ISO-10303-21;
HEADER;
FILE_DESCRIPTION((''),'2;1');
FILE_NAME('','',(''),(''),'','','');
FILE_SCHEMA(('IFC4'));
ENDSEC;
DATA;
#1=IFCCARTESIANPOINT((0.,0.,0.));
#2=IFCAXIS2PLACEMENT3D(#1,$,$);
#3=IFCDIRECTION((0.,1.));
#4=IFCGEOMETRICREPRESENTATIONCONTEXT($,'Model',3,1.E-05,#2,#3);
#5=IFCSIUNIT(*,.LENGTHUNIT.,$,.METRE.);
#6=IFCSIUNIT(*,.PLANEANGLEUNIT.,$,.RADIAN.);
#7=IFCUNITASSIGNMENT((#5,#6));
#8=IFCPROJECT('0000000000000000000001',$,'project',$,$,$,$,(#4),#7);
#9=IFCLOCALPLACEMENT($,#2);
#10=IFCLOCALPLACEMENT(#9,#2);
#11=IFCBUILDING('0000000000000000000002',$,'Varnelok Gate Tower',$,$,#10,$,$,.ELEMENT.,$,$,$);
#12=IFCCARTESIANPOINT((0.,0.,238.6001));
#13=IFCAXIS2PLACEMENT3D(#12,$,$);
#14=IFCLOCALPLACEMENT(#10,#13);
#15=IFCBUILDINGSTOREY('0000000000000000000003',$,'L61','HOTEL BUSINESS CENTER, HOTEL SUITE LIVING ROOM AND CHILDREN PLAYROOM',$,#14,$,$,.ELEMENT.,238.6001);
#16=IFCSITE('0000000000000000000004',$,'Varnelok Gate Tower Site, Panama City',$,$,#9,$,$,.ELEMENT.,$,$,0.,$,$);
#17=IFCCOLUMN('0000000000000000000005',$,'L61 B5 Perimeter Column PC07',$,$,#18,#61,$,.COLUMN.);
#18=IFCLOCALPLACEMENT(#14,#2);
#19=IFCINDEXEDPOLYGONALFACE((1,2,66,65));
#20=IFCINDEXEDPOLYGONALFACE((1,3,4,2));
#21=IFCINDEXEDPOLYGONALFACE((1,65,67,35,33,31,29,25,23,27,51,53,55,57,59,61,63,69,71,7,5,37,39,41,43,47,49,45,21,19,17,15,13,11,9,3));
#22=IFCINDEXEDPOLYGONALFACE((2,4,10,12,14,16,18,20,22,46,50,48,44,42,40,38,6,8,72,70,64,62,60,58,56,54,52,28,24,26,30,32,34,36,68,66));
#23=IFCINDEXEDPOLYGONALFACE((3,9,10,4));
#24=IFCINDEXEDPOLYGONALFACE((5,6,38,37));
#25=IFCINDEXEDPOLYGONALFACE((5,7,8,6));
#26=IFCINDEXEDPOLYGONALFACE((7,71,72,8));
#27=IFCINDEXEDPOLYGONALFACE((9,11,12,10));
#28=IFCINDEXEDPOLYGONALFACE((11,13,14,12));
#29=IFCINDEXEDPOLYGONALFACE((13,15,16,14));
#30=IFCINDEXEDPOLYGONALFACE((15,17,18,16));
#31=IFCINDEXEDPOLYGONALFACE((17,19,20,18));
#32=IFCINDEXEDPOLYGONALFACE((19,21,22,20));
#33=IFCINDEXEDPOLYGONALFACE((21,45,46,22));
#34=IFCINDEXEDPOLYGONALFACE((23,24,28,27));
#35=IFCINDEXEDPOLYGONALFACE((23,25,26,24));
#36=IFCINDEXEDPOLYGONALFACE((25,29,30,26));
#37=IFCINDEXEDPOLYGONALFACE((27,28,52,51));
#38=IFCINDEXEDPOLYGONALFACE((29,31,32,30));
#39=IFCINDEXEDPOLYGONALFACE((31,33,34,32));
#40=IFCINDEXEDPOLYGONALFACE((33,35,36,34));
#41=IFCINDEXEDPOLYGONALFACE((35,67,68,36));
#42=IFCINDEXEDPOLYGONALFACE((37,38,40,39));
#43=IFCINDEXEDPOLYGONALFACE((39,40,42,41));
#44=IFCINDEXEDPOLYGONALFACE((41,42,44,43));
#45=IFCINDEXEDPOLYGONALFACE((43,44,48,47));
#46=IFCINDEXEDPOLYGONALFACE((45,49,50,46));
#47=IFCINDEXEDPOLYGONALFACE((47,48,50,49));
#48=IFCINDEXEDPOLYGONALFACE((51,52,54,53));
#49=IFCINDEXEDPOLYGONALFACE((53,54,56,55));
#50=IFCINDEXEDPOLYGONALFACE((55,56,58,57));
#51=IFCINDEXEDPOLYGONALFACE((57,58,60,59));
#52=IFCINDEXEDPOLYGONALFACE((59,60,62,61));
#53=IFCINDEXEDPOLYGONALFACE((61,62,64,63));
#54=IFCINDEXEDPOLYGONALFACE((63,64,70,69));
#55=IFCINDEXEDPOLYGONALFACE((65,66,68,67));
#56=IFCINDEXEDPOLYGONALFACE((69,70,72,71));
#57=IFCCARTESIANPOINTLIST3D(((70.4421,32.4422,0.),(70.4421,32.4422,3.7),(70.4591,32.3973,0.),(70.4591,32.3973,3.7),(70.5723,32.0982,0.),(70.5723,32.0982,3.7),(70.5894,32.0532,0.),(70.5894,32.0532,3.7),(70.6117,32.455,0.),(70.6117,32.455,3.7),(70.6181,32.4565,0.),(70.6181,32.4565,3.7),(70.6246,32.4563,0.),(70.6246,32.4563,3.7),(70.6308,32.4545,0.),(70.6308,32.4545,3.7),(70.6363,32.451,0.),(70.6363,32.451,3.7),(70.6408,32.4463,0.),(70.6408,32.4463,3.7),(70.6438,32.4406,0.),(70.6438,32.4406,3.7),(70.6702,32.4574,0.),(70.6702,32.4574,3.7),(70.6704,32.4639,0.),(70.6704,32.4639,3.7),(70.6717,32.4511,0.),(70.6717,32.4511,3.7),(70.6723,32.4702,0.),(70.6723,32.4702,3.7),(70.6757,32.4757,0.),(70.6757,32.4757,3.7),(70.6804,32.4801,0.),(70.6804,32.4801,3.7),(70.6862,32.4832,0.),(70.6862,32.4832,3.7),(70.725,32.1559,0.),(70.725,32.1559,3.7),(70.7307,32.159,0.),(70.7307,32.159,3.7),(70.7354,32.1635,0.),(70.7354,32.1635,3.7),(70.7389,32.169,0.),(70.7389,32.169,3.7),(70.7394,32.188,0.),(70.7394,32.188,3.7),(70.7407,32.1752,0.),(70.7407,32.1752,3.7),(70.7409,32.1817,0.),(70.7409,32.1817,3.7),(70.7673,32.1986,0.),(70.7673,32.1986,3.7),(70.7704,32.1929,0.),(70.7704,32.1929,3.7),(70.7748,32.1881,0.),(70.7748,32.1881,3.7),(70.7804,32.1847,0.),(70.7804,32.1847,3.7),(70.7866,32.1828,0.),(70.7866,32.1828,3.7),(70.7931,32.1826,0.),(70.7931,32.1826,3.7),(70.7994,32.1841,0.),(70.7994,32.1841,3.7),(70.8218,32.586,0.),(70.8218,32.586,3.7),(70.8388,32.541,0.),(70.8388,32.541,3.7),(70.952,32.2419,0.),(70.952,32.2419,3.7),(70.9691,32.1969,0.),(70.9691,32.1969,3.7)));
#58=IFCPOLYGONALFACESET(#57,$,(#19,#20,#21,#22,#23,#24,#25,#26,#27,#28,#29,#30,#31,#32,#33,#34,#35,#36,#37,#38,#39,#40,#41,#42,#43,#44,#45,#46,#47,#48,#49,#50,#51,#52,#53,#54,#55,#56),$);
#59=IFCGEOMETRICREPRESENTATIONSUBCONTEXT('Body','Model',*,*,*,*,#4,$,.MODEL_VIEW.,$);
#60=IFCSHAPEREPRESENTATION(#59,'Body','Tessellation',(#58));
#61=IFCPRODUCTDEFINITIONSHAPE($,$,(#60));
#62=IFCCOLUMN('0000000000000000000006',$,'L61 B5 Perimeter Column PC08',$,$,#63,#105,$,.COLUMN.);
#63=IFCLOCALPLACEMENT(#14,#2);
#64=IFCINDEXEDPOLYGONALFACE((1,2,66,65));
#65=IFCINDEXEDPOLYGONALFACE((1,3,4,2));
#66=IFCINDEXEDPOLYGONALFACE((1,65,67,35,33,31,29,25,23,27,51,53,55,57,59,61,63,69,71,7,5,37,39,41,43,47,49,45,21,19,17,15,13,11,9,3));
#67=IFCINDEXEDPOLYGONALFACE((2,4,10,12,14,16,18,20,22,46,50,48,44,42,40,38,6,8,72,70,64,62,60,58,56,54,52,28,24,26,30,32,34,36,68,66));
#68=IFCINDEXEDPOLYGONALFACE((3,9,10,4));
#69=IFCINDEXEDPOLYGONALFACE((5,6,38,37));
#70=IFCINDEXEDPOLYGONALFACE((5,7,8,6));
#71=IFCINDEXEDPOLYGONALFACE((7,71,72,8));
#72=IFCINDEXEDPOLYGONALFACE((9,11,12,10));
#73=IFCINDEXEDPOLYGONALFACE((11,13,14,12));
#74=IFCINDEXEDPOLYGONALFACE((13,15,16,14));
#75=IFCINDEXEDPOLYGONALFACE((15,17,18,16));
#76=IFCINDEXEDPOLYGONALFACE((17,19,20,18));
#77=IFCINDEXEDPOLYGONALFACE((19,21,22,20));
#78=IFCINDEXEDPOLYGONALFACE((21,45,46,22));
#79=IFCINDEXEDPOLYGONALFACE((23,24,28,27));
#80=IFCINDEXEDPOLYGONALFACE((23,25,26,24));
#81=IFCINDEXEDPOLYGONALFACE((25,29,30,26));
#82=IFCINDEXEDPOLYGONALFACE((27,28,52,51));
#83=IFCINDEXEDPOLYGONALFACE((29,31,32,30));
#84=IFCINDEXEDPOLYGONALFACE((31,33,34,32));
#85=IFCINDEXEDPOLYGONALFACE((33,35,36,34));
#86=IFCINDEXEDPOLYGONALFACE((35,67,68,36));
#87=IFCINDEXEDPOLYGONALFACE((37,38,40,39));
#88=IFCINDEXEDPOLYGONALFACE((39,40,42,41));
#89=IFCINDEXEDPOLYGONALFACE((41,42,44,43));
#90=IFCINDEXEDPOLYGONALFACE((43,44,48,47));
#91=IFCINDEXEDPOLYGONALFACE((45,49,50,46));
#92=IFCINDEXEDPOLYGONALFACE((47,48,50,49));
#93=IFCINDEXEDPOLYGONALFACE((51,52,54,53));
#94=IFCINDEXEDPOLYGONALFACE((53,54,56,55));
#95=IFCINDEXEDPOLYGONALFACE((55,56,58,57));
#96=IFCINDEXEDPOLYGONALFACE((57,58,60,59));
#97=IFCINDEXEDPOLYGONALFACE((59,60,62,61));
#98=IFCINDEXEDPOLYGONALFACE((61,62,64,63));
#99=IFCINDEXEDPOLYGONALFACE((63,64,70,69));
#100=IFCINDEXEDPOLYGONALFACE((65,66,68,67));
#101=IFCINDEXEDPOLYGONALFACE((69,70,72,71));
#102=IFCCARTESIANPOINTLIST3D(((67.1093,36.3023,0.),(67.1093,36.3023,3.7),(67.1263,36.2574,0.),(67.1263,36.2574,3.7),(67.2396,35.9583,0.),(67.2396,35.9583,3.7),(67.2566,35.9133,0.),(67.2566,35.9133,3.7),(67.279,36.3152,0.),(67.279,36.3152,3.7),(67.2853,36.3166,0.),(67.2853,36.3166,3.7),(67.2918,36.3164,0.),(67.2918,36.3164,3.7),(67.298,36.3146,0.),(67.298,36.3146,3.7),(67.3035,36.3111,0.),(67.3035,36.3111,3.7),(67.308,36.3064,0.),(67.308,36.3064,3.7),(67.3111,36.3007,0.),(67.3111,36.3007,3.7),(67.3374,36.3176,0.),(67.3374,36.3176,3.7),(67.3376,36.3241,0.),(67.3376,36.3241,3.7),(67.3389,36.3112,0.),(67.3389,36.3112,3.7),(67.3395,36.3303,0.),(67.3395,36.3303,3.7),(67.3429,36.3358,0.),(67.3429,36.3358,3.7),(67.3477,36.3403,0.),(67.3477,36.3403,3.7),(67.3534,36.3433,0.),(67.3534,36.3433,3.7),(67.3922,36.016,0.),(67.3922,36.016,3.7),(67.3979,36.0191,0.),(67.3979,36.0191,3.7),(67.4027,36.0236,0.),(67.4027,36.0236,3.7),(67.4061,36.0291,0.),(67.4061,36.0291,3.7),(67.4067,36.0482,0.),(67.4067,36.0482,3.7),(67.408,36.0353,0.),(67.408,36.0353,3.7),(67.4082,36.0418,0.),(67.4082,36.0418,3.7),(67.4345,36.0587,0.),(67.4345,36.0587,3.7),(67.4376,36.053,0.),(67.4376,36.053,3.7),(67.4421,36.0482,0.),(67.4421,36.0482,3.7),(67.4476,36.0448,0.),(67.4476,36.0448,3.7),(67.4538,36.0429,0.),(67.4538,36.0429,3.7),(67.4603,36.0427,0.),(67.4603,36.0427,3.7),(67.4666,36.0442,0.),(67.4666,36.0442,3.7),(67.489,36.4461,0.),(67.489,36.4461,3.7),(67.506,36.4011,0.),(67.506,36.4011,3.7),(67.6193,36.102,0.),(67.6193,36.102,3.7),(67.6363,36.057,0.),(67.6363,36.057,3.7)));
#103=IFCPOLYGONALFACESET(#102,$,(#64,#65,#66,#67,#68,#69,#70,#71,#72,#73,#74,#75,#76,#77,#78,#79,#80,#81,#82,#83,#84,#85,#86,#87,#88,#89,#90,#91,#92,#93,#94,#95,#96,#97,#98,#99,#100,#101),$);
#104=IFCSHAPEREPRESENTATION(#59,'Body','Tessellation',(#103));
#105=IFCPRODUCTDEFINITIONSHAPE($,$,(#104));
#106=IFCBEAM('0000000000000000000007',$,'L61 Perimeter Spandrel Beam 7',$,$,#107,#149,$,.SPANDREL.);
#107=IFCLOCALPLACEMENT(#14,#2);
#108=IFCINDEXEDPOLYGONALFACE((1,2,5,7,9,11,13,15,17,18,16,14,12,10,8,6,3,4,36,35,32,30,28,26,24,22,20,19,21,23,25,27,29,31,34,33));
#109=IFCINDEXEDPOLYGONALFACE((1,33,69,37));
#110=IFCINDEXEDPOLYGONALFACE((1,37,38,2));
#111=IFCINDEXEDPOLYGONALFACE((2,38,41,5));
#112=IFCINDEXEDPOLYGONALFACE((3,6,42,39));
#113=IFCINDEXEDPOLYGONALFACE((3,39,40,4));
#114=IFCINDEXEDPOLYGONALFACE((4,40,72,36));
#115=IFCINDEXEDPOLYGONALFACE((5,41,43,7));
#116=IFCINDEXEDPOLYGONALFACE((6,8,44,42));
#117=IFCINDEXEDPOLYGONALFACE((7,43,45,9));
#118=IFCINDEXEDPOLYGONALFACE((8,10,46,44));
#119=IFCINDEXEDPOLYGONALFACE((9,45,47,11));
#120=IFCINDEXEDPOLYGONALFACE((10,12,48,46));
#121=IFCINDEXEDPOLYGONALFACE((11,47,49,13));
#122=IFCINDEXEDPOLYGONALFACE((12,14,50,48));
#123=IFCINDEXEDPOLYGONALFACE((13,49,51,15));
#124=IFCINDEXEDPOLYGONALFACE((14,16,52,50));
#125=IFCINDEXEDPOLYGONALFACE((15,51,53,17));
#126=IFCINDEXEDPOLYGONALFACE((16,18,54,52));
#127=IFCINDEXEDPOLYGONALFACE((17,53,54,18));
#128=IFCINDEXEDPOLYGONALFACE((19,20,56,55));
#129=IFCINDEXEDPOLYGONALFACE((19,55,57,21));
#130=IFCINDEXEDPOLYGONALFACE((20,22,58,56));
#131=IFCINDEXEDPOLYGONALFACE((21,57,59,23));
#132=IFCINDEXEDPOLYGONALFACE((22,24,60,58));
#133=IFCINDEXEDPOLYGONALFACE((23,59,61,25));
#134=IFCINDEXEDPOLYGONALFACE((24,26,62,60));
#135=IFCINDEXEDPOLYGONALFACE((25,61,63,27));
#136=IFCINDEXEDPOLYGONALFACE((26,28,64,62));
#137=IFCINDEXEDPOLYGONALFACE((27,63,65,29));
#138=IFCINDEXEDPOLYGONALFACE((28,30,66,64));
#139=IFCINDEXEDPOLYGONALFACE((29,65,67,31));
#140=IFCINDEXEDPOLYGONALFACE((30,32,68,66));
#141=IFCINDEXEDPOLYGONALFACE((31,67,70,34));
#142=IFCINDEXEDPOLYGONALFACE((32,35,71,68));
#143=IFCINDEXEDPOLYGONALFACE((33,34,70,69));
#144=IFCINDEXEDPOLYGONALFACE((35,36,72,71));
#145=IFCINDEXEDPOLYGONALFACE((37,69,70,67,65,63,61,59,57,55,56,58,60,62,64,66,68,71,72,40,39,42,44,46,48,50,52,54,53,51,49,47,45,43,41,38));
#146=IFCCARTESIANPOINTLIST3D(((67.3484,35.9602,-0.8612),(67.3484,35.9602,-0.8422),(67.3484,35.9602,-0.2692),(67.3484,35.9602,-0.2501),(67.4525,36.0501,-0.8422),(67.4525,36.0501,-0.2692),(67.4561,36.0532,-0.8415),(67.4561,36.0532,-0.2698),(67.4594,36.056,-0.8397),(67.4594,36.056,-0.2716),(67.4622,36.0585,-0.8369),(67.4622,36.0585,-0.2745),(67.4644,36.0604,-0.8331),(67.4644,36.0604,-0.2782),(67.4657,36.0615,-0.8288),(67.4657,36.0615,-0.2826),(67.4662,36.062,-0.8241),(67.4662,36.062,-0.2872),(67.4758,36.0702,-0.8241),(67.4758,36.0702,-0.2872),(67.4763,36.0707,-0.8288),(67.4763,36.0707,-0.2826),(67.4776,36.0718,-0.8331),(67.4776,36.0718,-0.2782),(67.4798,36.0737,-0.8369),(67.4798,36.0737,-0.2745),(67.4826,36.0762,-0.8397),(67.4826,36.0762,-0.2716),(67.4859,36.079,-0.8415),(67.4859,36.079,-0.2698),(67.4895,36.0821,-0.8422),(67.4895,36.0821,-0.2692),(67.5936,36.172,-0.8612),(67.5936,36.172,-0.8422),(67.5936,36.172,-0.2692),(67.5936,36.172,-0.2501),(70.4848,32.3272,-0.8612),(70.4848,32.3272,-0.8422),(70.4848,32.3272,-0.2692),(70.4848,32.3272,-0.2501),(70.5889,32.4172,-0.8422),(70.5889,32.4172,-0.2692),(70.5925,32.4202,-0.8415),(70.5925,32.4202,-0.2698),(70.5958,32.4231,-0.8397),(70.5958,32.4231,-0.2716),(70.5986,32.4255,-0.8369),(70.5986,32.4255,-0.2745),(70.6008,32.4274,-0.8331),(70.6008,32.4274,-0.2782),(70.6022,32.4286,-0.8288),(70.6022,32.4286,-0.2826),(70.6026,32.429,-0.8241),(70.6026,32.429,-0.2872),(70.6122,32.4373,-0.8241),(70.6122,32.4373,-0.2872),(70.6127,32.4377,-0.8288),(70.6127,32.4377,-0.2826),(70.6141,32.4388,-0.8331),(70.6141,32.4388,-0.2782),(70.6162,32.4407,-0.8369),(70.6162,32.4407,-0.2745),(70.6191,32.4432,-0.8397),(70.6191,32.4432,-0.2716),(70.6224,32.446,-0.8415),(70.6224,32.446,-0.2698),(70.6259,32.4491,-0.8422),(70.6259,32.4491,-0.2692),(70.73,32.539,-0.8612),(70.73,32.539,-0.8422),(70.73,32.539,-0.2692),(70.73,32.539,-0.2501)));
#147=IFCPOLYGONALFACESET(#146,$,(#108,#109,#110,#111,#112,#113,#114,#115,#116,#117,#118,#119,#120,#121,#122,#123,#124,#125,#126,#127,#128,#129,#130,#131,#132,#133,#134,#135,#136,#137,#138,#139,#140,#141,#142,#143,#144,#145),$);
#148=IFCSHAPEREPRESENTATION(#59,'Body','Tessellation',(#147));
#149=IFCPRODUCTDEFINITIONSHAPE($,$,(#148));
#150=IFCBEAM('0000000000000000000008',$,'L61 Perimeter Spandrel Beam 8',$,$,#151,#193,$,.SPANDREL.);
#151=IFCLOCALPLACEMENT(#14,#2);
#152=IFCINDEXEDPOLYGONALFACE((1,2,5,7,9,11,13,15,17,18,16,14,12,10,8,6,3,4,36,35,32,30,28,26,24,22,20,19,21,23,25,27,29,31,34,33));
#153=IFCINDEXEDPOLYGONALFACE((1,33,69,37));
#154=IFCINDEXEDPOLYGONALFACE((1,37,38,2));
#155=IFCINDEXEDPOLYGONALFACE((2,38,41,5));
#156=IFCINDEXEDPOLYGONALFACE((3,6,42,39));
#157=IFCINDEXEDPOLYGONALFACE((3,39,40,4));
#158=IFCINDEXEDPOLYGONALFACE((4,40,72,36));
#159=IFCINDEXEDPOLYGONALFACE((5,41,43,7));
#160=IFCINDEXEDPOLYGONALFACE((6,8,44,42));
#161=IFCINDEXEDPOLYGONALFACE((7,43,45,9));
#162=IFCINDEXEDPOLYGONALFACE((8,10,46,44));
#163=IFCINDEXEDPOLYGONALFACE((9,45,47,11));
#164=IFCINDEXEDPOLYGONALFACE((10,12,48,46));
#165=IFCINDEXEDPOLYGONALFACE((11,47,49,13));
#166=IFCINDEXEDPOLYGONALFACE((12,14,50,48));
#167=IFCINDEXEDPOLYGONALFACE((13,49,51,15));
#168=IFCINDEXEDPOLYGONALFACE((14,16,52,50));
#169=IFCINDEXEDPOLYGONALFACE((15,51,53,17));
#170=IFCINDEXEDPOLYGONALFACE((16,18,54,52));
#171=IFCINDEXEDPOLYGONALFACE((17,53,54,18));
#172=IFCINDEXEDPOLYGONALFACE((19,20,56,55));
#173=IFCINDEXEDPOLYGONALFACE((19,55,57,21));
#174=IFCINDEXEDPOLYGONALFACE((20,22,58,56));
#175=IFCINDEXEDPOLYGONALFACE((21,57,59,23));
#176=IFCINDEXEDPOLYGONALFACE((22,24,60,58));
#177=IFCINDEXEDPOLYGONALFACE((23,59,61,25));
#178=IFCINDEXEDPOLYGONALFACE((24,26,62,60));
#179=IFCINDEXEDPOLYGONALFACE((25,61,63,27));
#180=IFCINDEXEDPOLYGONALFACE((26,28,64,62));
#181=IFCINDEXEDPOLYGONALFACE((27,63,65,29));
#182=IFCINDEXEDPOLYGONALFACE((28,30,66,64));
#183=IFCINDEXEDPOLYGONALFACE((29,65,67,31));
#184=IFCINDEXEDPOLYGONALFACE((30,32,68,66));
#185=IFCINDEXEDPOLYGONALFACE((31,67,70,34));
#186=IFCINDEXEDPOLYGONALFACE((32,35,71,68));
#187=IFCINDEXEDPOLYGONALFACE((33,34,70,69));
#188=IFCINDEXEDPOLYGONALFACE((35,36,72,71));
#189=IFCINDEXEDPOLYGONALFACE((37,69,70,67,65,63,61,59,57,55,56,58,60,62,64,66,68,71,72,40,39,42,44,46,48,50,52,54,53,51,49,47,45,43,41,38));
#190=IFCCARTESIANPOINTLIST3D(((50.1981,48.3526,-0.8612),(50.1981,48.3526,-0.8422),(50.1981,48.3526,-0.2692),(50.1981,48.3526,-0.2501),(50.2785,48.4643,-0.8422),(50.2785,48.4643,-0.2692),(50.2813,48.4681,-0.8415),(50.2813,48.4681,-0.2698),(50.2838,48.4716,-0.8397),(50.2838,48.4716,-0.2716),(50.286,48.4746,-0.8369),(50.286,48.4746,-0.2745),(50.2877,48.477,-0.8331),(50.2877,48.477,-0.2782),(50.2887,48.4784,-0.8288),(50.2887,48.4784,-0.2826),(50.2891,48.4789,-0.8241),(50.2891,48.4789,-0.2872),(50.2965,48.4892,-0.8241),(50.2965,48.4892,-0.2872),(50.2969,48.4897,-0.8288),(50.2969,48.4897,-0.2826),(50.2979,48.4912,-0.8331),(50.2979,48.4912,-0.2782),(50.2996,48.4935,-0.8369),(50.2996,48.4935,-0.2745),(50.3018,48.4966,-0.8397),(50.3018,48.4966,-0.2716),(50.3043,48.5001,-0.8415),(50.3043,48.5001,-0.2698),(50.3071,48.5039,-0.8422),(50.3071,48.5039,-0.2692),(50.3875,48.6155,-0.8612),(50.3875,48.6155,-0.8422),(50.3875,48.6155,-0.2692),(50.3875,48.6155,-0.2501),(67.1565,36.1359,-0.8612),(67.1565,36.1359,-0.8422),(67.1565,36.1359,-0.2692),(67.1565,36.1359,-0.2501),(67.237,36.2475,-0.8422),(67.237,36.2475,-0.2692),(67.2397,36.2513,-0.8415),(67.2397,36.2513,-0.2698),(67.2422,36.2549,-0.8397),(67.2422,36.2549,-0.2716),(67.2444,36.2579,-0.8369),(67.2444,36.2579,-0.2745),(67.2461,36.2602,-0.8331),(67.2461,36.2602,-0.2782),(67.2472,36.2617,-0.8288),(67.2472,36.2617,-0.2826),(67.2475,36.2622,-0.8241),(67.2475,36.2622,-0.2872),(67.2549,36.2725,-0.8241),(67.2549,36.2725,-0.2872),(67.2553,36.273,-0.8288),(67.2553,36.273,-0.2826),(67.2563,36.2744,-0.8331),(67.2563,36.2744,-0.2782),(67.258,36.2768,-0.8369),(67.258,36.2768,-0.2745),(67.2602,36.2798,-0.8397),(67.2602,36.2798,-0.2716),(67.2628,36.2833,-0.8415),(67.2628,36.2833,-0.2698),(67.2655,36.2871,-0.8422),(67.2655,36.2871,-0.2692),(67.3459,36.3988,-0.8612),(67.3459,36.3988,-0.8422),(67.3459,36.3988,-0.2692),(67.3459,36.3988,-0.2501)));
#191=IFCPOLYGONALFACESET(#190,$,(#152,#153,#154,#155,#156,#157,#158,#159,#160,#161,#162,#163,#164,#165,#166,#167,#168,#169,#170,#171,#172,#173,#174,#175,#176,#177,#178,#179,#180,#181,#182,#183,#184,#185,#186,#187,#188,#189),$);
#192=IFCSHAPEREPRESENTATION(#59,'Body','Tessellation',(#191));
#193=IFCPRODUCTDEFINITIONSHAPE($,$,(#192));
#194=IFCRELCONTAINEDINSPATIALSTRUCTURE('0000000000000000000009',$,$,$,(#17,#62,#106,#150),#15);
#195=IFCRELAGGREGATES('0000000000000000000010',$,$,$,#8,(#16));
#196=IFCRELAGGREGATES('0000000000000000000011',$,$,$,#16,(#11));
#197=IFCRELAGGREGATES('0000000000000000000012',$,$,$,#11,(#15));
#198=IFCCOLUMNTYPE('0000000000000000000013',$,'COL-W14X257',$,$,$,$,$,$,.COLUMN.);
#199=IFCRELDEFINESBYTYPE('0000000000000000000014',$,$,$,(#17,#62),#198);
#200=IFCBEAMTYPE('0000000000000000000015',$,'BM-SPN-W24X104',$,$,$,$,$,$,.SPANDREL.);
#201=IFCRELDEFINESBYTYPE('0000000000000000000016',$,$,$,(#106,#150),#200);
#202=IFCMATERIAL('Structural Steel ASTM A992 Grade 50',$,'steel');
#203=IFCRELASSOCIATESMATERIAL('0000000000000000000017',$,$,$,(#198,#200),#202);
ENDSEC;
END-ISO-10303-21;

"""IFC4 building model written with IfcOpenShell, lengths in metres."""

from ifc_helpers import new_model, si_unit, direction, frame, origin, origin_2d, place, context, subcontext, project, spatial, i_section, extrude, material, material_profile, profile_set, type_object, element, save


model = new_model("IFC4")

# Units and contexts
model_context = context("Model", 3, precision=1e-05, world=origin(), true_north=direction((0.0, 1.0)))
body_context = subcontext(model_context, "Body", "Model", "MODEL_VIEW")
ifc_project = project(units=[si_unit("LENGTHUNIT", "METRE"), si_unit("PLANEANGLEUNIT", "RADIAN")], contexts=[model_context])

# Site, building, storey
site_placement = place(None, origin())
site = spatial("IfcSite", under=ifc_project, at=site_placement, Name="Varnelok Gate Tower Site, Panama City", CompositionType="ELEMENT", RefElevation=0.0)
building_placement = place(site_placement, origin())
building = spatial("IfcBuilding", under=site, at=building_placement, Name="Varnelok Gate Tower", CompositionType="ELEMENT")
storey_placement = place(building_placement, frame((0.0, 0.0, 238.6001)))
storey = spatial("IfcBuildingStorey", under=building, at=storey_placement, Name="L61", Description="HOTEL BUSINESS CENTER, HOTEL SUITE LIVING ROOM AND CHILDREN PLAYROOM", CompositionType="ELEMENT", Elevation=238.6001)

# Columns
ifc_material_1 = material(Name="Structural Steel ASTM A992 Grade 50", Category="steel")
ifc_material_profile_1 = material_profile(ifc_material_1, i_section(OverallWidth=0.406, OverallDepth=0.416, WebThickness=0.0298, FlangeThickness=0.0481, FilletRadius=0.0249, at=origin_2d()), Name="W14X257")
ifc_profile_set_1 = profile_set([ifc_material_profile_1], Name="Structural Steel ASTM A992 Grade 50")
column_type = type_object("IfcColumnType", Name="COL-W14X257", PredefinedType="COLUMN", material=ifc_profile_set_1)
for number, where, z_axis, x_axis, name in (
    (1, (70.7056, 32.3196, 0.0), (0.0, 0.0, 1.0), (0.935222, 0.354063, 0.0), "L61 B5 Perimeter Column PC07"),
    (2, (67.3728, 36.1797, 0.0), (0.0, 0.0, 1.0), (0.935222, 0.354063, 0.0), "L61 B5 Perimeter Column PC08"),
):
    element("IfcColumn", number, at=place(storey_placement, frame(where, z_axis=z_axis, x_axis=x_axis)), inside=storey, type_object=column_type, Name=name, PredefinedType="COLUMN", context=body_context, shape_type="SweptSolid", body=[
        extrude(i_section(OverallWidth=0.406, OverallDepth=0.416, WebThickness=0.0298, FlangeThickness=0.0481, FilletRadius=0.0249, at=origin_2d()), origin(), (0.0, 0.0, 1.0), 3.7),
    ])

# Beams
ifc_material_profile_2 = material_profile(ifc_material_1, i_section(OverallWidth=0.324, OverallDepth=0.6111, WebThickness=0.0127, FlangeThickness=0.019, FilletRadius=0.0181, at=origin_2d()), Name="W24X104")
ifc_profile_set_2 = profile_set([ifc_material_profile_2], Name="Structural Steel ASTM A992 Grade 50")
beam_type = type_object("IfcBeamType", Name="BM-SPN-W24X104", PredefinedType="SPANDREL", material=ifc_profile_set_2)
beam_1_placement = place(storey_placement, frame((70.6074, 32.4331, -0.5557), z_axis=(-0.653481, 0.756943, 0.0), x_axis=(-0.756943, -0.653481, 0.0)))
element("IfcBeam", 3, at=beam_1_placement, inside=storey, type_object=beam_type, Name="L61 Perimeter Spandrel Beam 7", PredefinedType="SPANDREL", context=body_context, shape_type="SweptSolid", body=[
    extrude(i_section(OverallWidth=0.324, OverallDepth=0.6111, WebThickness=0.0127, FlangeThickness=0.019, FilletRadius=0.0181, at=origin_2d()), origin(), (0.0, 0.0, 1.0), 4.7996),
])
beam_2_placement = place(storey_placement, frame((67.2512, 36.2673, -0.5557), z_axis=(-0.811383, 0.584515, 0.0), x_axis=(-0.584515, -0.811383, 0.0)))
element("IfcBeam", 4, at=beam_2_placement, inside=storey, type_object=beam_type, Name="L61 Perimeter Spandrel Beam 8", PredefinedType="SPANDREL", context=body_context, shape_type="SweptSolid", body=[
    extrude(i_section(OverallWidth=0.324, OverallDepth=0.6111, WebThickness=0.0127, FlangeThickness=0.019, FilletRadius=0.0181, at=origin_2d()), origin(), (0.0, 0.0, 1.0), 20.9006),
])

save(model, "model.ifc")
